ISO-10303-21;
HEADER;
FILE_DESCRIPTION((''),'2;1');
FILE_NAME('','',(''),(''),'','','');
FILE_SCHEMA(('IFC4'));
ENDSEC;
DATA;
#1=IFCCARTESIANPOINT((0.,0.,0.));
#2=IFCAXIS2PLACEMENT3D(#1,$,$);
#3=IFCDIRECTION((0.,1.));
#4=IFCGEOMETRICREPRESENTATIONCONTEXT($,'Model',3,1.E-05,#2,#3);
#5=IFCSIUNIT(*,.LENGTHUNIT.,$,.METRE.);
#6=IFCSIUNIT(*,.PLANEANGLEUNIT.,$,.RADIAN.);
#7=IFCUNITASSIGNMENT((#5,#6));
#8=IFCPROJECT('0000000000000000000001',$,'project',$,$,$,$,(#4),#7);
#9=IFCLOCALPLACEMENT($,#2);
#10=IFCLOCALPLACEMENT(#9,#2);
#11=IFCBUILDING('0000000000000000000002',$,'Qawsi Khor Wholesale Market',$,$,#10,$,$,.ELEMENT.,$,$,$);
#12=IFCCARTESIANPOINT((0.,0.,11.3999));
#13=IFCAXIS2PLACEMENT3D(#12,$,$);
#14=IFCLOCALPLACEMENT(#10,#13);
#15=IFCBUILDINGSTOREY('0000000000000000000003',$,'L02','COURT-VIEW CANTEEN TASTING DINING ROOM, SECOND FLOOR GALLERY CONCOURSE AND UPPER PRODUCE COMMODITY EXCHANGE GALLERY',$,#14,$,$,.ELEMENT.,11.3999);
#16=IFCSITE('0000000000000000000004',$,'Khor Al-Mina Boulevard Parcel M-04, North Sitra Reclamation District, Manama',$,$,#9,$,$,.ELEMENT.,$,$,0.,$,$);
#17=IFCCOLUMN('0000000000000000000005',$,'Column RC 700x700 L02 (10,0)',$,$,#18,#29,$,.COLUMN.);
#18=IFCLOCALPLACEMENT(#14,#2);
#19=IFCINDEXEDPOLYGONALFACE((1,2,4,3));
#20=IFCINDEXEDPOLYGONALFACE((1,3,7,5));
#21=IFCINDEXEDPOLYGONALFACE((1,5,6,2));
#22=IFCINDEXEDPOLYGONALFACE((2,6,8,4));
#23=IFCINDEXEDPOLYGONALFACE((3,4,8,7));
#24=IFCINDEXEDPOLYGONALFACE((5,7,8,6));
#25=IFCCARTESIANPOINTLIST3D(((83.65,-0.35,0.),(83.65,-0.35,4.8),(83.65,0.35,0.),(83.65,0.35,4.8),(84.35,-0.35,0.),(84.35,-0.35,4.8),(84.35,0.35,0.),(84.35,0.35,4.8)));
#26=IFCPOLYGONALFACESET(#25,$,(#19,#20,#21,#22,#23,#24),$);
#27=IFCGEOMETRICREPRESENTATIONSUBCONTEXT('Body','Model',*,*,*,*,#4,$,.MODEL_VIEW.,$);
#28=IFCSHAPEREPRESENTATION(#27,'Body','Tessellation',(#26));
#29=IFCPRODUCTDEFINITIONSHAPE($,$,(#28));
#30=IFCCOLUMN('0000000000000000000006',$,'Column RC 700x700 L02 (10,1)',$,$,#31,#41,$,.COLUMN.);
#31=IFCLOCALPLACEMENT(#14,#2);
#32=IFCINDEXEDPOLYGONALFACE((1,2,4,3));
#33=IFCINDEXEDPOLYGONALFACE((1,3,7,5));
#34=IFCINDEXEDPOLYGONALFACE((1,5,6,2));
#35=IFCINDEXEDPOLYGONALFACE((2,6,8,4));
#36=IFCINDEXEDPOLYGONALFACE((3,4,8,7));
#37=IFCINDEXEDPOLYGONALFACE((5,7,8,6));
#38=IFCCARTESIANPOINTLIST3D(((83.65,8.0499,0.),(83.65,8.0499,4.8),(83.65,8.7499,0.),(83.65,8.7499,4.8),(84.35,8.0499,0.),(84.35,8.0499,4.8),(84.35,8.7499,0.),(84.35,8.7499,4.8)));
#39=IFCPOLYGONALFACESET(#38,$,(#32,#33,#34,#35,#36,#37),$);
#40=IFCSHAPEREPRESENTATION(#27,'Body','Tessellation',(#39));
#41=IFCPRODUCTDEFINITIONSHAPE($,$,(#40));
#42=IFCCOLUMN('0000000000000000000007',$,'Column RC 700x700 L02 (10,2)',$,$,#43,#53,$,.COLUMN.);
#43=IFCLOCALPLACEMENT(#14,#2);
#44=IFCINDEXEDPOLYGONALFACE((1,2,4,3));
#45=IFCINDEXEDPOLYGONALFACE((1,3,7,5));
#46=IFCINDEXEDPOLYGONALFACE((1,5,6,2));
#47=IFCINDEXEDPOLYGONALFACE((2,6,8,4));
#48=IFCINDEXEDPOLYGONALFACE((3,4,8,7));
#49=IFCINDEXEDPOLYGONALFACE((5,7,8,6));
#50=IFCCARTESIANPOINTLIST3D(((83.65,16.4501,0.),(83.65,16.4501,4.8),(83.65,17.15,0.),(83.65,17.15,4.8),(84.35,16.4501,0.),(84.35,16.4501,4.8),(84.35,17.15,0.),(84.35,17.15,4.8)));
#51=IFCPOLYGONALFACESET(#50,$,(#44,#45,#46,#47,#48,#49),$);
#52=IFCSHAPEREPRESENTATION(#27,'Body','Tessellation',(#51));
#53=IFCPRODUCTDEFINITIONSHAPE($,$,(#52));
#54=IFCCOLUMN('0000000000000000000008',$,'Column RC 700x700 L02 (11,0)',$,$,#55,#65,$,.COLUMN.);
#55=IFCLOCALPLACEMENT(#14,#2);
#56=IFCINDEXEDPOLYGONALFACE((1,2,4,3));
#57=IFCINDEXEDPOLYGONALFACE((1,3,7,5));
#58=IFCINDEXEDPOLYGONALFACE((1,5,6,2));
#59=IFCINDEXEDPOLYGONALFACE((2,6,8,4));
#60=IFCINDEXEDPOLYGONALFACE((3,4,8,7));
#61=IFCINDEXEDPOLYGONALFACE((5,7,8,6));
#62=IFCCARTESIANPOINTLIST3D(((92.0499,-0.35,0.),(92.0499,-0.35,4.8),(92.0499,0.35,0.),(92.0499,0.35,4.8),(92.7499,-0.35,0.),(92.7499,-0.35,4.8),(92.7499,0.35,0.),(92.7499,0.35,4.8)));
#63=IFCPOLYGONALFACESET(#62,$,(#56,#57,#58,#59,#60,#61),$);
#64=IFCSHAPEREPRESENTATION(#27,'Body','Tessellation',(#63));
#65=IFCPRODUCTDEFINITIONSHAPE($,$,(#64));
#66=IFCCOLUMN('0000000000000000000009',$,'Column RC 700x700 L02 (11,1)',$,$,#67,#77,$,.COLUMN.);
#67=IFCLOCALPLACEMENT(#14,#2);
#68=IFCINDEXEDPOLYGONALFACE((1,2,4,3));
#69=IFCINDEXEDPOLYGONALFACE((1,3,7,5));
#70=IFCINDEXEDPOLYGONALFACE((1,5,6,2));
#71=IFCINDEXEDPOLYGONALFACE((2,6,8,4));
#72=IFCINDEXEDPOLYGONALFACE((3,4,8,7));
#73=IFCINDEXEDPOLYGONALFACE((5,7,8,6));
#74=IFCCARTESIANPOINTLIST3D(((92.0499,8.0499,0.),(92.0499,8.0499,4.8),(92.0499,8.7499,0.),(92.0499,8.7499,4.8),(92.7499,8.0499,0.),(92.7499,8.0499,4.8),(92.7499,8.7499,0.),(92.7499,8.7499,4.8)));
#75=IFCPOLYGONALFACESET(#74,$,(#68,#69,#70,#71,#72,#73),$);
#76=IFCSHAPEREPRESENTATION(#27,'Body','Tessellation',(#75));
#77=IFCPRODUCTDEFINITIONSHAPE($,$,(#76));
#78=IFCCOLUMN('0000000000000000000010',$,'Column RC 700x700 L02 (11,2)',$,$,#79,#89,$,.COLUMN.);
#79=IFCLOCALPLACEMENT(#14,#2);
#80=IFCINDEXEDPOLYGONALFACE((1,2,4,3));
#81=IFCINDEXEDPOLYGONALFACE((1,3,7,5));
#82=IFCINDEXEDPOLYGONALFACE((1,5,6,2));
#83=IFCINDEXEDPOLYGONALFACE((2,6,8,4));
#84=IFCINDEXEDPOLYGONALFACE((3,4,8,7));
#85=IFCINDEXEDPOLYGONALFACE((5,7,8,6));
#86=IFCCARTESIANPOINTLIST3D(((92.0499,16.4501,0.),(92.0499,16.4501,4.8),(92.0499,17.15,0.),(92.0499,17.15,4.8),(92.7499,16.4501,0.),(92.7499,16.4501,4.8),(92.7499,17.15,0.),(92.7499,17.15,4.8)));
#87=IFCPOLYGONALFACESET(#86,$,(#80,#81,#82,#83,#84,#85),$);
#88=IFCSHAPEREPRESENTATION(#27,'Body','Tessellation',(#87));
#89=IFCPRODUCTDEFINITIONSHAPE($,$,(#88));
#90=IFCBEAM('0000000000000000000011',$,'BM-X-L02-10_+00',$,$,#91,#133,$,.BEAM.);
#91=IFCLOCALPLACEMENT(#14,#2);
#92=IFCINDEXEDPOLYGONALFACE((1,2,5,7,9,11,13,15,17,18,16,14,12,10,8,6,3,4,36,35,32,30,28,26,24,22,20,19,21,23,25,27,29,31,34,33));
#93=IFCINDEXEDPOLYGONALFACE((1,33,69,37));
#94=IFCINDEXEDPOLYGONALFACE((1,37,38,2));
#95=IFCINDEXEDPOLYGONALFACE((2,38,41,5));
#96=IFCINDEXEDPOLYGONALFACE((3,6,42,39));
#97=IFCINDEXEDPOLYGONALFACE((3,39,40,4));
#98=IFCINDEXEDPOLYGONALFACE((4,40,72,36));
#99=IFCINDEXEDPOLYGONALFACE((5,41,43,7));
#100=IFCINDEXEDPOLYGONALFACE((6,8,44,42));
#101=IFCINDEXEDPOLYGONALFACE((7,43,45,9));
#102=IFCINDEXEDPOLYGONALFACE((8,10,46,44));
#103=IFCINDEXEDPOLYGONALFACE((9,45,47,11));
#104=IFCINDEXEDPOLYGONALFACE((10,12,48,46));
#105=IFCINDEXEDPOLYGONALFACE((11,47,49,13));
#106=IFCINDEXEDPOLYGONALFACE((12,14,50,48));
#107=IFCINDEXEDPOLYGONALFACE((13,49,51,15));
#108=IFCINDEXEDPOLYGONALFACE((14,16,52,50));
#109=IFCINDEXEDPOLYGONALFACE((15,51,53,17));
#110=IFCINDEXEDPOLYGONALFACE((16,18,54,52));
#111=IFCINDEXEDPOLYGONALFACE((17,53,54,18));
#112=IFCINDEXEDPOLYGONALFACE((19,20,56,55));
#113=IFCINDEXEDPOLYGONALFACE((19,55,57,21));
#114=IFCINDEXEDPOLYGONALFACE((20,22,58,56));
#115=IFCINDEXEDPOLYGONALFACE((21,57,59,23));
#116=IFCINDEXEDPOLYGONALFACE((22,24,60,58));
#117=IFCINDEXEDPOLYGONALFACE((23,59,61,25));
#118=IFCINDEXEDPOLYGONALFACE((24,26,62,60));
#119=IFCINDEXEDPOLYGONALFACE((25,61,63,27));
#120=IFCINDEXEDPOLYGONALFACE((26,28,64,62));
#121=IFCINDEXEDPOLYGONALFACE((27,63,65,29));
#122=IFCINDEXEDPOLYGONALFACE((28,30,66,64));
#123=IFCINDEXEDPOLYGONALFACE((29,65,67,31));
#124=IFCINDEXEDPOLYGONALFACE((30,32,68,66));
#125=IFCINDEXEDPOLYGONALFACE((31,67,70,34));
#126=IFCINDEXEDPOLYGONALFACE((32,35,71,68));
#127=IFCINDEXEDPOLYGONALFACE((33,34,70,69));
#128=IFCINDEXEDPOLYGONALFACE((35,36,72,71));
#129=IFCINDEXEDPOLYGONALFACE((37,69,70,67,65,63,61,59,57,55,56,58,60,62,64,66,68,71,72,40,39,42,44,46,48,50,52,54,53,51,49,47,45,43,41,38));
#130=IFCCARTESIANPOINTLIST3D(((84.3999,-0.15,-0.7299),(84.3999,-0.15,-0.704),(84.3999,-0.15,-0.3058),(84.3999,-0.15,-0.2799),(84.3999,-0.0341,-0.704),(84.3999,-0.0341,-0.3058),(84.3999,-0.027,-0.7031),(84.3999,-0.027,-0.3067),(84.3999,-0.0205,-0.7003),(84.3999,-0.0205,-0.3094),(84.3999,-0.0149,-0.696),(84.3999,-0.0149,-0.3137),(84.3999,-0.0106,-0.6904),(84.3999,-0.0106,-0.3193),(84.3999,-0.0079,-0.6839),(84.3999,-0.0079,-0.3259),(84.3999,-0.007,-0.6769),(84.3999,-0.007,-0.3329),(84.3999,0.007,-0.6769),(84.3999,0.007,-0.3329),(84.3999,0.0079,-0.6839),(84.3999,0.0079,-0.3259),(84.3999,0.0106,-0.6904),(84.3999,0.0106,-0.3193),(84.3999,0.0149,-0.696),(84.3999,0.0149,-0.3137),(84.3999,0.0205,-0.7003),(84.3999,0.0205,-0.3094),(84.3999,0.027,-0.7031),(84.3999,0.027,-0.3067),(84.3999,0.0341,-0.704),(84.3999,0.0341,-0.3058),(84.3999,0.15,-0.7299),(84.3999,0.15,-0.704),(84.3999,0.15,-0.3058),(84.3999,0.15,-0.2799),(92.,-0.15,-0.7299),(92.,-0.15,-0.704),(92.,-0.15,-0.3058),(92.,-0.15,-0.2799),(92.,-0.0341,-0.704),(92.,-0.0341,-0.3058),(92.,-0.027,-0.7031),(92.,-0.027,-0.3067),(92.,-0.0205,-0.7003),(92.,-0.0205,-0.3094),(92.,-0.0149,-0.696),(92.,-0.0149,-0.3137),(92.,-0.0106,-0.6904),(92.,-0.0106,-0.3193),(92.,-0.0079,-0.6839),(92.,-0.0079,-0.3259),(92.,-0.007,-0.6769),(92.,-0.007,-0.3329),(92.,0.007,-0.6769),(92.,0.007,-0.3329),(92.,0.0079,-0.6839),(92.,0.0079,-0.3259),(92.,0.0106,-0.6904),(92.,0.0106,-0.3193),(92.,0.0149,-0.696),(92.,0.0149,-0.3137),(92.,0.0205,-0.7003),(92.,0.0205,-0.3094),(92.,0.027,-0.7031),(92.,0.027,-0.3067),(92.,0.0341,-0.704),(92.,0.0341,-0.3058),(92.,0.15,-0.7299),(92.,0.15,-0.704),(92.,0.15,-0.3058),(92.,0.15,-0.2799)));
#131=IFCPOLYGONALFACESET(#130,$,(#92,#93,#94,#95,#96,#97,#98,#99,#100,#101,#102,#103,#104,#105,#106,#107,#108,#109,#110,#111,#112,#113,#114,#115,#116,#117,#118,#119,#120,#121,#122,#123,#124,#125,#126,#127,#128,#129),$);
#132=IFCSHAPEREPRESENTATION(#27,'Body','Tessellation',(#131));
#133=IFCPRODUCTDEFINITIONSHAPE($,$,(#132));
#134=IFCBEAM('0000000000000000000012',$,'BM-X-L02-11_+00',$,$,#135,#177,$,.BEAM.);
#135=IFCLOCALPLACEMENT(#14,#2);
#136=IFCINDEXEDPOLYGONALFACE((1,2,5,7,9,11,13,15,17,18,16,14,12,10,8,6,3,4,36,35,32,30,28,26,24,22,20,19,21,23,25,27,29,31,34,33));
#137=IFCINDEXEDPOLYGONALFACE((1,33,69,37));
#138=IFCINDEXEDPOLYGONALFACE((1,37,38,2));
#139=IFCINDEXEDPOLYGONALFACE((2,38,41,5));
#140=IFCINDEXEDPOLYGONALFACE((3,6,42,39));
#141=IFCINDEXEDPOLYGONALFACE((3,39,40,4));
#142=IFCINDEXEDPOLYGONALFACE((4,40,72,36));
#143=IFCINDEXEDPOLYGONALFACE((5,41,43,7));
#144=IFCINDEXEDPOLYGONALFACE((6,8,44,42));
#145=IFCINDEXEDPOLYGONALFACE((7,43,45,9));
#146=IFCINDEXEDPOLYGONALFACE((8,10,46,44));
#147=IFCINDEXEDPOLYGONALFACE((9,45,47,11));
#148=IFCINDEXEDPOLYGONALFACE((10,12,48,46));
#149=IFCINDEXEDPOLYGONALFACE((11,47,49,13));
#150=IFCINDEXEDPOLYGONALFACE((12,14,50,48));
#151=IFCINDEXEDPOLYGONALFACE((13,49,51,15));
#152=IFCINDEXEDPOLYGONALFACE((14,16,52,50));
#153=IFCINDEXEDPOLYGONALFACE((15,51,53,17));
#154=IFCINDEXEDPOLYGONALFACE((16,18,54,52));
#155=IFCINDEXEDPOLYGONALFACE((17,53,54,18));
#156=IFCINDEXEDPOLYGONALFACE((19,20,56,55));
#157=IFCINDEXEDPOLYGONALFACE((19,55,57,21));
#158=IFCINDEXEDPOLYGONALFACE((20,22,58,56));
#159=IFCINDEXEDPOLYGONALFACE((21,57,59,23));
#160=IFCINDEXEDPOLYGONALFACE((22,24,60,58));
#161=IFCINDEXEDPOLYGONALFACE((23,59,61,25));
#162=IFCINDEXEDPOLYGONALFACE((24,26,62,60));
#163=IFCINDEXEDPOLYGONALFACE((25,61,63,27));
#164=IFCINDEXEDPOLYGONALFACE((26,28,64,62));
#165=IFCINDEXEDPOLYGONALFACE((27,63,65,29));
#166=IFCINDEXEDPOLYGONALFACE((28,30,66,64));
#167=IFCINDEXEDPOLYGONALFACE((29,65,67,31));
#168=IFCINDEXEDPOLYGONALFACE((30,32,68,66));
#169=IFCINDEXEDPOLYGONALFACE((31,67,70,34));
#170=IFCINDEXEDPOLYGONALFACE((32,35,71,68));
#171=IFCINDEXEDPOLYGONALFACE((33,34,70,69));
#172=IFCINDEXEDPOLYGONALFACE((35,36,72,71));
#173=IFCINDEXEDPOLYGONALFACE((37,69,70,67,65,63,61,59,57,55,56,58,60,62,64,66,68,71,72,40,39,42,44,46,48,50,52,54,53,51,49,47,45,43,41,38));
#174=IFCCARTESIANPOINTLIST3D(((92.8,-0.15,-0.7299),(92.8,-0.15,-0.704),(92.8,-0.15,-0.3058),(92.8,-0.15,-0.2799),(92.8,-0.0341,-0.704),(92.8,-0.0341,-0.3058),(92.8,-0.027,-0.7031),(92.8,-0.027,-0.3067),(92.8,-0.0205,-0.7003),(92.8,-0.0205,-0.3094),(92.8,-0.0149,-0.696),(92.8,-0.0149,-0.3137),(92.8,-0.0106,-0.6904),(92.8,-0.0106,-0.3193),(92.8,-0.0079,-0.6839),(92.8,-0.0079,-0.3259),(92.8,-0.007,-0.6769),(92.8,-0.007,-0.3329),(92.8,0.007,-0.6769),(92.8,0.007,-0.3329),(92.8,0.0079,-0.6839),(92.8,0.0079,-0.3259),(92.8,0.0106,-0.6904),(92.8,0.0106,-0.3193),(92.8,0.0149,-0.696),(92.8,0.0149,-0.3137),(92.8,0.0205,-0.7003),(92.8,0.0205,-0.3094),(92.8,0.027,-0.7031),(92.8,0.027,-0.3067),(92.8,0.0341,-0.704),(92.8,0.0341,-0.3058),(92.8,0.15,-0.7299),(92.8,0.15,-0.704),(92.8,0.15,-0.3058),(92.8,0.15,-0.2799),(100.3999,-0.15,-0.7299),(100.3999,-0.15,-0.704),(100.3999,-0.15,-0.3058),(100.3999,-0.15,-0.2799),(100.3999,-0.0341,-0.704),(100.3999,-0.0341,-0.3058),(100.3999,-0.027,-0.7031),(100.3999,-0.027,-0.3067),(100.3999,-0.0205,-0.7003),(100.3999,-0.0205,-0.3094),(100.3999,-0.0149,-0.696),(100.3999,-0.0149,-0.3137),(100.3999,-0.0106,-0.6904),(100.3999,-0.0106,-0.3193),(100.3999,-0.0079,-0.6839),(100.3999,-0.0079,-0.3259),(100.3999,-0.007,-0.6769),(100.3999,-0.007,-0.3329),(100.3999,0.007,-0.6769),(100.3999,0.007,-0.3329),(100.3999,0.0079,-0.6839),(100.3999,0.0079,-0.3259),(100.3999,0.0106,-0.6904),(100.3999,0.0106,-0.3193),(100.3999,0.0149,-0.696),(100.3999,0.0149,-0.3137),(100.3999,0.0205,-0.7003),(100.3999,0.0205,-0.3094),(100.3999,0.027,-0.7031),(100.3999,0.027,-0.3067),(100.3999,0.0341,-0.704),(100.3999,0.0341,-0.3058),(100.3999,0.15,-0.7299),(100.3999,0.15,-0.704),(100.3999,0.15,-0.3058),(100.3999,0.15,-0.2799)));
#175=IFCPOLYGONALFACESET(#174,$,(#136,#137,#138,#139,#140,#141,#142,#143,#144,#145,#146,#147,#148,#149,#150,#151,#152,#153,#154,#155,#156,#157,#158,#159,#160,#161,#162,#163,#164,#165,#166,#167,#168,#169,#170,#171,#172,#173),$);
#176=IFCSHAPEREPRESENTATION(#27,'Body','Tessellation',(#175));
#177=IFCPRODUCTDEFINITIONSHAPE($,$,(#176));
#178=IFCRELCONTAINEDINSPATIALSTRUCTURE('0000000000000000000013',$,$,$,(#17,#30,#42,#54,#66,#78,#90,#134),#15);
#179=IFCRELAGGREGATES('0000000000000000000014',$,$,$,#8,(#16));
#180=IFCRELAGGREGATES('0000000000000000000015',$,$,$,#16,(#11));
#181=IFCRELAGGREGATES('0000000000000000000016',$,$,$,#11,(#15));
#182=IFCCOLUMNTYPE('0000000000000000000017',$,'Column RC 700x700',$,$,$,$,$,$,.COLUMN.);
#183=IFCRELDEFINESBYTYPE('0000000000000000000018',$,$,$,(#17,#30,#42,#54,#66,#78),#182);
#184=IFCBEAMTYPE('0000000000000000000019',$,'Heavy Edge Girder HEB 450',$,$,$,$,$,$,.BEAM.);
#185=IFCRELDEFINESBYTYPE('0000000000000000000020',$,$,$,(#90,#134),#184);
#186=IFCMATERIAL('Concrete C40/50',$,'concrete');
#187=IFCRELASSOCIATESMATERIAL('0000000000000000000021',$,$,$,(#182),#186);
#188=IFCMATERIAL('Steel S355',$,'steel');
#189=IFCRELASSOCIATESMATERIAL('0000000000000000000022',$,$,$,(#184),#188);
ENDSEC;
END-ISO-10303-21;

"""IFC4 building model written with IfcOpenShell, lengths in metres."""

from ifc_helpers import new_model, si_unit, direction, frame, origin, origin_2d, place, context, subcontext, project, spatial, rectangle, i_section, extrude, material, material_profile, profile_set, type_object, element, save


model = new_model("IFC4")

# Units and contexts
model_context = context("Model", 3, precision=1e-05, world=origin(), true_north=direction((0.0, 1.0)))
body_context = subcontext(model_context, "Body", "Model", "MODEL_VIEW")
ifc_project = project(units=[si_unit("LENGTHUNIT", "METRE"), si_unit("PLANEANGLEUNIT", "RADIAN")], contexts=[model_context])

# Site, building, storey
site_placement = place(None, origin())
site = spatial("IfcSite", under=ifc_project, at=site_placement, Name="Khor Al-Mina Boulevard Parcel M-04, North Sitra Reclamation District, Manama", CompositionType="ELEMENT", RefElevation=0.0)
building_placement = place(site_placement, origin())
building = spatial("IfcBuilding", under=site, at=building_placement, Name="Qawsi Khor Wholesale Market", CompositionType="ELEMENT")
storey_placement = place(building_placement, frame((0.0, 0.0, 11.3999)))
storey = spatial("IfcBuildingStorey", under=building, at=storey_placement, Name="L02", Description="COURT-VIEW CANTEEN TASTING DINING ROOM, SECOND FLOOR GALLERY CONCOURSE AND UPPER PRODUCE COMMODITY EXCHANGE GALLERY", CompositionType="ELEMENT", Elevation=11.3999)

# Columns
ifc_material_1 = material(Name="Concrete C40/50", Category="concrete")
ifc_material_profile_1 = material_profile(ifc_material_1, rectangle(XDim=0.7, YDim=0.7, at=origin_2d()), Name="RC 700x700")
ifc_profile_set_1 = profile_set([ifc_material_profile_1], Name="Concrete C40/50")
column_type = type_object("IfcColumnType", Name="Column RC 700x700", PredefinedType="COLUMN", material=ifc_profile_set_1)
for number, where, z_axis, x_axis, name in (
    (1, (84.0, 0.0, 0.0), (0.0, 0.0, 1.0), (1.0, 0.0, 0.0), "Column RC 700x700 L02 (10,0)"),
    (2, (84.0, 8.3999, 0.0), (0.0, 0.0, 1.0), (1.0, 0.0, 0.0), "Column RC 700x700 L02 (10,1)"),
    (3, (84.0, 16.8, 0.0), (0.0, 0.0, 1.0), (1.0, 0.0, 0.0), "Column RC 700x700 L02 (10,2)"),
    (4, (92.3999, 0.0, 0.0), (0.0, 0.0, 1.0), (1.0, 0.0, 0.0), "Column RC 700x700 L02 (11,0)"),
    (5, (92.3999, 8.3999, 0.0), (0.0, 0.0, 1.0), (1.0, 0.0, 0.0), "Column RC 700x700 L02 (11,1)"),
    (6, (92.3999, 16.8, 0.0), (0.0, 0.0, 1.0), (1.0, 0.0, 0.0), "Column RC 700x700 L02 (11,2)"),
):
    element("IfcColumn", number, at=place(storey_placement, frame(where, z_axis=z_axis, x_axis=x_axis)), inside=storey, type_object=column_type, Name=name, PredefinedType="COLUMN", context=body_context, shape_type="SweptSolid", body=[
        extrude(rectangle(XDim=0.7, YDim=0.7, at=origin_2d()), origin(), (0.0, 0.0, 1.0), 4.8),
    ])

# Beams
ifc_material_2 = material(Name="Steel S355", Category="steel")
ifc_material_profile_2 = material_profile(ifc_material_2, i_section(OverallWidth=0.3, OverallDepth=0.45, WebThickness=0.0139, FlangeThickness=0.0259, FilletRadius=0.0271, at=origin_2d()), Name="HEB 450")
ifc_profile_set_2 = profile_set([ifc_material_profile_2], Name="Steel S355")
beam_type_1 = type_object("IfcBeamType", Name="Heavy Edge Girder HEB 450", PredefinedType="BEAM", material=ifc_profile_set_2)
beam_1_placement = place(storey_placement, frame((84.3999, 0.0, -0.5049), z_axis=(1.0, 0.0, 0.0), x_axis=(0.0, 1.0, 0.0)))
element("IfcBeam", 7, at=beam_1_placement, inside=storey, type_object=beam_type_1, Name="BM-X-L02-10_+00", PredefinedType="BEAM", context=body_context, shape_type="SweptSolid", body=[
    extrude(i_section(OverallWidth=0.3, OverallDepth=0.45, WebThickness=0.0139, FlangeThickness=0.0259, FilletRadius=0.0271, at=origin_2d()), origin(), (0.0, 0.0, 1.0), 7.6001),
])
beam_2_placement = place(storey_placement, frame((92.8, 0.0, -0.5049), z_axis=(1.0, 0.0, 0.0), x_axis=(0.0, 1.0, 0.0)))
element("IfcBeam", 8, at=beam_2_placement, inside=storey, type_object=beam_type_1, Name="BM-X-L02-11_+00", PredefinedType="BEAM", context=body_context, shape_type="SweptSolid", body=[
    extrude(i_section(OverallWidth=0.3, OverallDepth=0.45, WebThickness=0.0139, FlangeThickness=0.0259, FilletRadius=0.0271, at=origin_2d()), origin(), (0.0, 0.0, 1.0), 7.5999),
])

save(model, "model.ifc")
